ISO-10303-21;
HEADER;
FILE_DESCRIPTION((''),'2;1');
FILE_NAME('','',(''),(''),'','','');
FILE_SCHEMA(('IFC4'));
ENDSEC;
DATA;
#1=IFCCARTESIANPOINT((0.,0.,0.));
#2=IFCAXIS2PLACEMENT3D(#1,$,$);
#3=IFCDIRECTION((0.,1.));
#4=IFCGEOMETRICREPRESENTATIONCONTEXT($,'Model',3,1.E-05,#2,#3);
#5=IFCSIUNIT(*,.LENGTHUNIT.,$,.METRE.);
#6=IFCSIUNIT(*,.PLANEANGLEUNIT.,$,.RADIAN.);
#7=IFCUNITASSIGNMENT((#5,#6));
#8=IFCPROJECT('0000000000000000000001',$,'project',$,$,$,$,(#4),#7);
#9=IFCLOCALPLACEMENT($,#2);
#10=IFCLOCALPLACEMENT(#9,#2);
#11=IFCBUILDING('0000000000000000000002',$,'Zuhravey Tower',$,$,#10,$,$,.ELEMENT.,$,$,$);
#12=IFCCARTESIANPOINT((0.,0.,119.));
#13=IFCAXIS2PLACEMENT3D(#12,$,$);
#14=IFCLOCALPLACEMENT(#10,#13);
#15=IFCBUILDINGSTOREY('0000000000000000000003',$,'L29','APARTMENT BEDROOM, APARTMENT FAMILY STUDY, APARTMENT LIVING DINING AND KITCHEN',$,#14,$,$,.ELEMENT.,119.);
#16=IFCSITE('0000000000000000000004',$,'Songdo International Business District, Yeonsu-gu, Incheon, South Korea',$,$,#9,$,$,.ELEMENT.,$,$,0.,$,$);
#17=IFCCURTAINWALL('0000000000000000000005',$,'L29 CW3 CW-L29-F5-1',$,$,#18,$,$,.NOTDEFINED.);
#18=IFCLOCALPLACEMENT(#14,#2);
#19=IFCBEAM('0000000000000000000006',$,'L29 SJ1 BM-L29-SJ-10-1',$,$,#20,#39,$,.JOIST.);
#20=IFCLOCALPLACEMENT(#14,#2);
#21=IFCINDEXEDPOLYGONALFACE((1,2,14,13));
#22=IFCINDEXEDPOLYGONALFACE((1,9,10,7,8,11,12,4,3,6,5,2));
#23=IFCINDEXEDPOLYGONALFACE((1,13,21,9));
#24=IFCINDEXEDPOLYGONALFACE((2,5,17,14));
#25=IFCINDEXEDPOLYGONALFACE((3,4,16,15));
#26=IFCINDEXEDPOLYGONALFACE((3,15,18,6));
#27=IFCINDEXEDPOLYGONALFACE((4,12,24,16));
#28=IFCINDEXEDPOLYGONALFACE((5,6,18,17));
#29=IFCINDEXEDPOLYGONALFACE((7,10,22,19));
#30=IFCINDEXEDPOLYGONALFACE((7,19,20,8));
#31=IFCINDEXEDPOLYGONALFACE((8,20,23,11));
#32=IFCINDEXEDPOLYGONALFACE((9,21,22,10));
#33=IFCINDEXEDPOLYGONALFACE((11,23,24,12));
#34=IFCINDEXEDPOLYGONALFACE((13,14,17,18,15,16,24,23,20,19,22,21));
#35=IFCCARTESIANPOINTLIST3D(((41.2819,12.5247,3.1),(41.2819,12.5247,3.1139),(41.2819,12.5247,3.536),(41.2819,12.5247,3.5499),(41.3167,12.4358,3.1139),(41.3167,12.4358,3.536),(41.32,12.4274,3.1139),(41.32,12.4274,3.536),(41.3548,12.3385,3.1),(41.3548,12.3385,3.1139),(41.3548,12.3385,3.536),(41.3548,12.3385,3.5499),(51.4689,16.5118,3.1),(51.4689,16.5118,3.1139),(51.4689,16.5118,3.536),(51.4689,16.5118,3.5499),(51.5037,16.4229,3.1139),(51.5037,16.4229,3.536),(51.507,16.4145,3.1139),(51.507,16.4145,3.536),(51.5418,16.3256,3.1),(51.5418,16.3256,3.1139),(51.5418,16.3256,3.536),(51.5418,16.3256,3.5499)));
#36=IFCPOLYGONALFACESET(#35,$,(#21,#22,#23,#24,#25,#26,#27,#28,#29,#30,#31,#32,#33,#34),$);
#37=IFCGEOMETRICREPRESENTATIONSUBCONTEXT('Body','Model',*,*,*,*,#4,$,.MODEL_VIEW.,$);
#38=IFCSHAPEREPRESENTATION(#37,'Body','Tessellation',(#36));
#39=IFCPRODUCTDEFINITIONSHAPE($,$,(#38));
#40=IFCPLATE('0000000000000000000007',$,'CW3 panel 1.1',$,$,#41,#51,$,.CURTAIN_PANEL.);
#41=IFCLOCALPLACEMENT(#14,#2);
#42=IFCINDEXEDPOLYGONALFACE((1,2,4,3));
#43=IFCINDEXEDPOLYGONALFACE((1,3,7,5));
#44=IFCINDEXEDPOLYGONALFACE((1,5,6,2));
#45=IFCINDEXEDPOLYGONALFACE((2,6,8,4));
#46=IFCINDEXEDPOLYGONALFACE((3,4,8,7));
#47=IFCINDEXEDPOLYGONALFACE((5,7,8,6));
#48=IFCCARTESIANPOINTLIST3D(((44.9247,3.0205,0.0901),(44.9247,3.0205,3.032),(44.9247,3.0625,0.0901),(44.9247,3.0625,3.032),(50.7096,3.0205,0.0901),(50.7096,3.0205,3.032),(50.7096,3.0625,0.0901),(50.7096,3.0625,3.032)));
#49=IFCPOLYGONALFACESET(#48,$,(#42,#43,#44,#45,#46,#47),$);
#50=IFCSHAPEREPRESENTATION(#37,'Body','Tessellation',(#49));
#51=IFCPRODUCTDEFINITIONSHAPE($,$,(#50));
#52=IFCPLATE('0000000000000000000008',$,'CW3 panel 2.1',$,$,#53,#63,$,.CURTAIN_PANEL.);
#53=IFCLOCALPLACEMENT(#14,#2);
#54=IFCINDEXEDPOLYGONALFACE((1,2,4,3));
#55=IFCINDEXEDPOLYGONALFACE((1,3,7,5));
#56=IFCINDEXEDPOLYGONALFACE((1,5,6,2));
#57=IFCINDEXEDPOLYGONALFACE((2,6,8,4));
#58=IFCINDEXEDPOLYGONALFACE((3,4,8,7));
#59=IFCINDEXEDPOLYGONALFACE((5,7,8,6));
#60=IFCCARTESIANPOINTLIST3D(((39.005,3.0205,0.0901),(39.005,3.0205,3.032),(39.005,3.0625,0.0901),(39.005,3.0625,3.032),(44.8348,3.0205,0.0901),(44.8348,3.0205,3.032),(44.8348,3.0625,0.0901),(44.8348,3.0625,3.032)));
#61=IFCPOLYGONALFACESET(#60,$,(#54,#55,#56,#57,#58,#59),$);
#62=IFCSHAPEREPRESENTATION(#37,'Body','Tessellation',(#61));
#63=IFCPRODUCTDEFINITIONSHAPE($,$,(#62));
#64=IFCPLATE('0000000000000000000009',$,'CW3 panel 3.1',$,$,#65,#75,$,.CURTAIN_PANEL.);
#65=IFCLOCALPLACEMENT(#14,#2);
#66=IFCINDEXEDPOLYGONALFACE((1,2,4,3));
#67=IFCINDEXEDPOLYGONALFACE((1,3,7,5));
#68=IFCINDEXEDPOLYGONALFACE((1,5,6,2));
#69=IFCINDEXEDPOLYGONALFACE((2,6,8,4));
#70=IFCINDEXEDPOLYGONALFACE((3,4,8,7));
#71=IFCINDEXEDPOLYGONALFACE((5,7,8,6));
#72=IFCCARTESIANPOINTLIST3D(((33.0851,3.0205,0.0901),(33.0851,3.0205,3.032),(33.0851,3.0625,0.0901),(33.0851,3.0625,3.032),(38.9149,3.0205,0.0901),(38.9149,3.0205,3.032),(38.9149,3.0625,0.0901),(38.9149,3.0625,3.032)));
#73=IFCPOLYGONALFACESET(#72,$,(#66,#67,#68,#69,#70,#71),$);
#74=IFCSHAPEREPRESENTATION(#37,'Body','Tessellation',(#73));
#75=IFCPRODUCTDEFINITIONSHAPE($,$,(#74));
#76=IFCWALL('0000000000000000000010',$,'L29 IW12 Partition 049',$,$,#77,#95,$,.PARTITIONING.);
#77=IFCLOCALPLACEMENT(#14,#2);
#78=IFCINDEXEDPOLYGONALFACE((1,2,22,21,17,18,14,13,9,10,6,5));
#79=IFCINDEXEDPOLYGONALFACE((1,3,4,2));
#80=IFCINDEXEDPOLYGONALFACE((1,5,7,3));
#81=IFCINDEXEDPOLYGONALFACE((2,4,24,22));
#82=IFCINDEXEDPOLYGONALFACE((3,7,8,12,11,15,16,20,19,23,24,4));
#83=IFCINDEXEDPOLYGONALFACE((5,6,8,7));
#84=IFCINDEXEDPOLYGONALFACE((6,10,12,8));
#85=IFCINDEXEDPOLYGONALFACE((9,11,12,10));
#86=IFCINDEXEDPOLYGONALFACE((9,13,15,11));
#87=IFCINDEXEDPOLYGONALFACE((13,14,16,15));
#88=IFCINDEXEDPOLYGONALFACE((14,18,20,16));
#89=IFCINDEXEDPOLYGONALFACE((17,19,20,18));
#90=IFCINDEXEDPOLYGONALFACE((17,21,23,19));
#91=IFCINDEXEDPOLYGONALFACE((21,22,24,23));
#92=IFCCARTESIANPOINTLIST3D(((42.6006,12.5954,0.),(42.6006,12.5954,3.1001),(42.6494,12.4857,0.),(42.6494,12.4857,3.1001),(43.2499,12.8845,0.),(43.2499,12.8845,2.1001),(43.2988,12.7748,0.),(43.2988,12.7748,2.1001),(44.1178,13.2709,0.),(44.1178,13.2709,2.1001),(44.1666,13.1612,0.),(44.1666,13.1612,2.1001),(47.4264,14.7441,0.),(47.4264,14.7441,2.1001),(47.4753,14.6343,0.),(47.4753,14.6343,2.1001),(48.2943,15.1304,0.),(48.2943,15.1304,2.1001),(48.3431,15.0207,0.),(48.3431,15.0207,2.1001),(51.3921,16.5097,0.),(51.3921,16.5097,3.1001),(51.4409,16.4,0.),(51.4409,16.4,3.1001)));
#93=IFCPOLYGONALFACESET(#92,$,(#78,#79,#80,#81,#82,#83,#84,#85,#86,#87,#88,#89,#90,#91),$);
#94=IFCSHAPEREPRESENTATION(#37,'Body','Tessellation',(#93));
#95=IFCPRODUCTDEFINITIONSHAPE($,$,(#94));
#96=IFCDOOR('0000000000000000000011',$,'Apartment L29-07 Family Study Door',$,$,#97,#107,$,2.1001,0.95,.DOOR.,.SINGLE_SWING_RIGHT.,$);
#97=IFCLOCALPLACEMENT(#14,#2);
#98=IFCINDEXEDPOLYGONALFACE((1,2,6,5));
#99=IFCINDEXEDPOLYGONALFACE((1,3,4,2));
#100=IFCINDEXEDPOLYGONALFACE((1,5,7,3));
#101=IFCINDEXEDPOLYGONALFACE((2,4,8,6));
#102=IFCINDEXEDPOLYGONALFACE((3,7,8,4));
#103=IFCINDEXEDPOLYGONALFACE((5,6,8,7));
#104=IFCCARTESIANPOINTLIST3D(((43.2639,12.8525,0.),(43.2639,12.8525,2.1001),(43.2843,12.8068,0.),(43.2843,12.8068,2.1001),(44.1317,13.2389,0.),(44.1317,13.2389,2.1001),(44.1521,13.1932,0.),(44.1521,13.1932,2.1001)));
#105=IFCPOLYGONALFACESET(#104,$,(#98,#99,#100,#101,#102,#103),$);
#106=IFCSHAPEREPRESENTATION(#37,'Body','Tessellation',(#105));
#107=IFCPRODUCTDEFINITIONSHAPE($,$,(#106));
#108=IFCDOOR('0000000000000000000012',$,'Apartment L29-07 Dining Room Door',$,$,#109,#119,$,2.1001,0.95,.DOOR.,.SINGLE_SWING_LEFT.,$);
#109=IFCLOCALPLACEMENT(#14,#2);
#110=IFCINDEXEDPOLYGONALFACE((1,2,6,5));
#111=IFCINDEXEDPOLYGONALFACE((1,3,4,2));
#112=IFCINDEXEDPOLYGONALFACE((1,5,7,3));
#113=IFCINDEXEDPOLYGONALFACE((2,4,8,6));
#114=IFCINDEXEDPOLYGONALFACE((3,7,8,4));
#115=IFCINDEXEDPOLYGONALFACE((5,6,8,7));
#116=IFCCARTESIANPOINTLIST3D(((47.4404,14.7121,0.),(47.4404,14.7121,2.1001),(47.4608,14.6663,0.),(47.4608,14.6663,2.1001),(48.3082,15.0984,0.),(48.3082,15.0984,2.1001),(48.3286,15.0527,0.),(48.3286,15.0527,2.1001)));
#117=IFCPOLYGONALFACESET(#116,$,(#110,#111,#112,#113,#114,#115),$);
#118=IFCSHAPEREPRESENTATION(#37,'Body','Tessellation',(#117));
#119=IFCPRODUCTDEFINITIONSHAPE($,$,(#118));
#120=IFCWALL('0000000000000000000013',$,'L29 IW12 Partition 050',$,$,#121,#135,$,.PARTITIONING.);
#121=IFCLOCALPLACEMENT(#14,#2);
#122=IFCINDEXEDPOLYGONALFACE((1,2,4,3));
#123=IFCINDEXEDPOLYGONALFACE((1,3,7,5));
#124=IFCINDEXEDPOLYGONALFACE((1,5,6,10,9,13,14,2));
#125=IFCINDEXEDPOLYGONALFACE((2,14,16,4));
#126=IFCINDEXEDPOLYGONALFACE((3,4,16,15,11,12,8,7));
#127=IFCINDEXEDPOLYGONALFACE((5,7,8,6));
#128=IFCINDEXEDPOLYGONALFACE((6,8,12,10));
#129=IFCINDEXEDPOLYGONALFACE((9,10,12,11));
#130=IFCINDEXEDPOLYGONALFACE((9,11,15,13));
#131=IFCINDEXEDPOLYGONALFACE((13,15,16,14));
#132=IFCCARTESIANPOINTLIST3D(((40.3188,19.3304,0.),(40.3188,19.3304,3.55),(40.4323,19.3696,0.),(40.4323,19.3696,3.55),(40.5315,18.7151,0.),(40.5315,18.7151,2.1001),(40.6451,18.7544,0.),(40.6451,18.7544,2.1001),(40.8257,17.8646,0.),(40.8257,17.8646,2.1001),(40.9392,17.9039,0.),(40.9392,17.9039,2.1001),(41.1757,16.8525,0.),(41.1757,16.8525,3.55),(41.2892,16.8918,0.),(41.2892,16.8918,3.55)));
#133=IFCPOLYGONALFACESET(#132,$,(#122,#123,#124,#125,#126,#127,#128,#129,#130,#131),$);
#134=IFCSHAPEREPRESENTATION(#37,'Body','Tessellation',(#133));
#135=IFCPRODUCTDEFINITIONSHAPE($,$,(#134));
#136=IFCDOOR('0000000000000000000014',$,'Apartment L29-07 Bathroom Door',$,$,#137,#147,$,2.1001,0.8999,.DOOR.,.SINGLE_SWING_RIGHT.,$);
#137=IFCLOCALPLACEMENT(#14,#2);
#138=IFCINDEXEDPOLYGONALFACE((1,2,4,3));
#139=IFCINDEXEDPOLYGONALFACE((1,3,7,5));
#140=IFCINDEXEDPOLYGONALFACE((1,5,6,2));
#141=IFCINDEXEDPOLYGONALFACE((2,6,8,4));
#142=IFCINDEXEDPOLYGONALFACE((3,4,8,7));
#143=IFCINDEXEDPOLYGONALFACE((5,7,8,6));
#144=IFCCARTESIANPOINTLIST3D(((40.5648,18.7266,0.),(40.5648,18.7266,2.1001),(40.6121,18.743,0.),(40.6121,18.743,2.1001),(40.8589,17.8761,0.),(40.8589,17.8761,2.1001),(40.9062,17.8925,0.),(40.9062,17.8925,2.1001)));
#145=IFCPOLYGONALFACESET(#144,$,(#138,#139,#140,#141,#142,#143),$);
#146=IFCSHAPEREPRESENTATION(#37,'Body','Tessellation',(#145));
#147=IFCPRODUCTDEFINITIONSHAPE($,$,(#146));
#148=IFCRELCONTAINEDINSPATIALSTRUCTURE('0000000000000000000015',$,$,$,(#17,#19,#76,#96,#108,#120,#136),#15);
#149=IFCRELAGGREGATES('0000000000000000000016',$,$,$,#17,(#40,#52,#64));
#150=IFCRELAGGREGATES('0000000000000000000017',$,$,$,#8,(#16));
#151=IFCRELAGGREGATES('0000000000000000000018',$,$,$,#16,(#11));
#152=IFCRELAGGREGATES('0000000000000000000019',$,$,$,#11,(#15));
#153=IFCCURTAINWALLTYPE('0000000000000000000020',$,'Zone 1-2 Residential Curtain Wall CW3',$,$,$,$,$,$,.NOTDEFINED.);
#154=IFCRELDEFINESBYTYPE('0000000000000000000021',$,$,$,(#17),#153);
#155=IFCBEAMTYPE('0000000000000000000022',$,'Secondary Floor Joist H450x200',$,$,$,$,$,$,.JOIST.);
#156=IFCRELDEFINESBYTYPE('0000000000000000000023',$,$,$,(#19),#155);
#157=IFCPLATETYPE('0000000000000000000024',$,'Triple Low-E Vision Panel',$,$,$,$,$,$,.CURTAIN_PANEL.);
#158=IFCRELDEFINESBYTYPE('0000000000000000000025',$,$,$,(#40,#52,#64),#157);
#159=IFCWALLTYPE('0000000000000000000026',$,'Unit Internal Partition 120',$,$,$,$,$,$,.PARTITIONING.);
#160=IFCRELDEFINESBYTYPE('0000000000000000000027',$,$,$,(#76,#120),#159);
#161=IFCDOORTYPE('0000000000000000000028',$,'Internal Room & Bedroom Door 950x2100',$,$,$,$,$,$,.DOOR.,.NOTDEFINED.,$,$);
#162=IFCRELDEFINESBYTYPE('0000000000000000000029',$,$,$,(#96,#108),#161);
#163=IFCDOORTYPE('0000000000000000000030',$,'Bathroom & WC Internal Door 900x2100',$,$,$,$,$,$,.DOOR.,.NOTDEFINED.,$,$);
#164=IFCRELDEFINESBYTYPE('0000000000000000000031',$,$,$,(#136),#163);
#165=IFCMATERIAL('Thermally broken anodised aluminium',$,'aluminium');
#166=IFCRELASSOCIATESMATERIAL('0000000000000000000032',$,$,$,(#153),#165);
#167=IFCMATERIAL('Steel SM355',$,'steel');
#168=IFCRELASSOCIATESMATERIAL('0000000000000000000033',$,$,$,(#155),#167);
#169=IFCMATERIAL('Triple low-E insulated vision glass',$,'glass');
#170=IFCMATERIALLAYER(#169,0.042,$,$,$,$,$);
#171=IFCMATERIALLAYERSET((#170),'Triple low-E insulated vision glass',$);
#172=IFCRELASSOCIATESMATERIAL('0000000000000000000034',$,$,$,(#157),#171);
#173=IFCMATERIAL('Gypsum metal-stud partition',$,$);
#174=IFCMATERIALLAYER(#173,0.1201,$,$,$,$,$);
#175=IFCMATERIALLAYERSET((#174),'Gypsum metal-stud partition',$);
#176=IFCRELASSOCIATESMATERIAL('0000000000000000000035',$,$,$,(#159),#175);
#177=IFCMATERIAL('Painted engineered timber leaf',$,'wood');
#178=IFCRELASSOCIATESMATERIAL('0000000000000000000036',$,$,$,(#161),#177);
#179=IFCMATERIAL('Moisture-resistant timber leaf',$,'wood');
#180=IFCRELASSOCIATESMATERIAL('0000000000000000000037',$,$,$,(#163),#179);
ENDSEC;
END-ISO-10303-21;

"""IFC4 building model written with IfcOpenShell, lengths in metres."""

from ifc_helpers import new_model, si_unit, direction, frame, frame_2d, origin, origin_2d, place, context, subcontext, project, spatial, rectangle, i_section, extrude, material, layer, layer_set, material_profile, profile_set, type_object, element, fill, aggregate, save


model = new_model("IFC4")

# Units and contexts
model_context = context("Model", 3, precision=1e-05, world=origin(), true_north=direction((0.0, 1.0)))
body_context = subcontext(model_context, "Body", "Model", "MODEL_VIEW")
ifc_project = project(units=[si_unit("LENGTHUNIT", "METRE"), si_unit("PLANEANGLEUNIT", "RADIAN")], contexts=[model_context])

# Site, building, storey
site_placement = place(None, origin())
site = spatial("IfcSite", under=ifc_project, at=site_placement, Name="Songdo International Business District, Yeonsu-gu, Incheon, South Korea", CompositionType="ELEMENT", RefElevation=0.0)
building_placement = place(site_placement, origin())
building = spatial("IfcBuilding", under=site, at=building_placement, Name="Zuhravey Tower", CompositionType="ELEMENT")
storey_placement = place(building_placement, frame((0.0, 0.0, 119.0)))
storey = spatial("IfcBuildingStorey", under=building, at=storey_placement, Name="L29", Description="APARTMENT BEDROOM, APARTMENT FAMILY STUDY, APARTMENT LIVING DINING AND KITCHEN", CompositionType="ELEMENT", Elevation=119.0)

# Curtain wall
ifc_material_1 = material(Name="Thermally broken anodised aluminium", Category="aluminium")
curtain_wall_type = type_object("IfcCurtainWallType", Name="Zone 1-2 Residential Curtain Wall CW3", PredefinedType="NOTDEFINED", material=ifc_material_1)
curtain_wall_placement = place(storey_placement, origin())
curtain_wall = element("IfcCurtainWall", 1, at=curtain_wall_placement, inside=storey, type_object=curtain_wall_type, Name="L29 CW3 CW-L29-F5-1", PredefinedType="NOTDEFINED")

# Beam
ifc_material_2 = material(Name="Steel SM355", Category="steel")
ifc_material_profile_1 = material_profile(ifc_material_2, i_section(OverallWidth=0.2, OverallDepth=0.45, WebThickness=0.009, FlangeThickness=0.0139, at=origin_2d()), Name="H-450x200x9x14")
ifc_profile_set_1 = profile_set([ifc_material_profile_1], Name="Steel SM355")
beam_type_1 = type_object("IfcBeamType", Name="Secondary Floor Joist H450x200", PredefinedType="JOIST", material=ifc_profile_set_1)
beam_1_placement = place(storey_placement, frame((41.3184, 12.4316, 3.325), z_axis=(0.931217, 0.364466, 0.0), x_axis=(-0.364466, 0.931217, 0.0)))
element("IfcBeam", 2, at=beam_1_placement, inside=storey, type_object=beam_type_1, Name="L29 SJ1 BM-L29-SJ-10-1", PredefinedType="JOIST", context=body_context, shape_type="SweptSolid", body=[
    extrude(i_section(OverallWidth=0.2, OverallDepth=0.45, WebThickness=0.009, FlangeThickness=0.0139, at=origin_2d()), origin(), (0.0, 0.0, 1.0), 10.9395),
])

# Plates
ifc_material_3 = material(Name="Triple low-E insulated vision glass", Category="glass")
ifc_layer_1 = layer(ifc_material_3, 0.042)
ifc_layer_set_1 = layer_set([ifc_layer_1], Name="Triple low-E insulated vision glass")
plate_type = type_object("IfcPlateType", Name="Triple Low-E Vision Panel", PredefinedType="CURTAIN_PANEL", material=ifc_layer_set_1)
plate_1_placement = place(storey_placement, frame((47.8171, 3.0415, 0.0901), z_axis=(0.0, 0.0, 1.0), x_axis=(-1.0, 0.0, 0.0)))
plate_1 = element("IfcPlate", 3, at=plate_1_placement, type_object=plate_type, Name="CW3 panel 1.1", PredefinedType="CURTAIN_PANEL", context=body_context, shape_type="SweptSolid", body=[
    extrude(rectangle(XDim=5.7849, YDim=0.042, at=origin_2d()), origin(), (0.0, 0.0, 1.0), 2.9419),
])
plate_2_placement = place(storey_placement, frame((41.9199, 3.0415, 0.0901), z_axis=(0.0, 0.0, 1.0), x_axis=(-1.0, 0.0, 0.0)))
plate_2 = element("IfcPlate", 4, at=plate_2_placement, type_object=plate_type, Name="CW3 panel 2.1", PredefinedType="CURTAIN_PANEL", context=body_context, shape_type="SweptSolid", body=[
    extrude(rectangle(XDim=5.8298, YDim=0.042, at=origin_2d()), origin(), (0.0, 0.0, 1.0), 2.9419),
])
plate_3_placement = place(storey_placement, frame((36.0, 3.0415, 0.0901), z_axis=(0.0, 0.0, 1.0), x_axis=(-1.0, 0.0, 0.0)))
plate_3 = element("IfcPlate", 5, at=plate_3_placement, type_object=plate_type, Name="CW3 panel 3.1", PredefinedType="CURTAIN_PANEL", context=body_context, shape_type="SweptSolid", body=[
    extrude(rectangle(XDim=5.8298, YDim=0.042, at=origin_2d()), origin(), (0.0, 0.0, 1.0), 2.9419),
])
aggregate(curtain_wall, [plate_1, plate_2, plate_3])

# Wall, openings, doors
ifc_material_4 = material(Name="Gypsum metal-stud partition")
ifc_layer_2 = layer(ifc_material_4, 0.1201)
ifc_layer_set_2 = layer_set([ifc_layer_2], Name="Gypsum metal-stud partition")
wall_type = type_object("IfcWallType", Name="Unit Internal Partition 120", PredefinedType="PARTITIONING", material=ifc_layer_set_2)
wall_1_placement = place(storey_placement, frame((42.625, 12.5405, 0.0), z_axis=(0.0, 0.0, 1.0), x_axis=(0.913542, 0.406743, 0.0)))
wall_1 = element("IfcWall", 6, at=wall_1_placement, inside=storey, type_object=wall_type, Name="L29 IW12 Partition 049", PredefinedType="PARTITIONING", context=body_context, shape_type="SweptSolid", body=[
    extrude(rectangle(XDim=9.6235, YDim=0.1201, at=frame_2d((4.8118, 0.0))), origin(), (0.0, 0.0, 1.0), 3.1001),
])
opening_1_placement = place(wall_1_placement, frame((0.7107, 0.0, 0.0)))
opening_1 = element("IfcOpeningElement", 7, at=opening_1_placement, cuts=wall_1, PredefinedType="OPENING", context=body_context, shape_type="SweptSolid", body=[
    extrude(rectangle(XDim=0.95, YDim=2.1001, at=frame_2d((0.4751, 1.05))), frame((0.0, 0.072, 0.0), z_axis=(0.0, -1.0, 0.0), x_axis=(1.0, 0.0, 0.0)), (0.0, 0.0, 1.0), 0.144),
])
opening_2_placement = place(wall_1_placement, frame((5.2825, 0.0, 0.0)))
opening_2 = element("IfcOpeningElement", 8, at=opening_2_placement, cuts=wall_1, PredefinedType="OPENING", context=body_context, shape_type="SweptSolid", body=[
    extrude(rectangle(XDim=0.95, YDim=2.1001, at=frame_2d((0.4751, 1.05))), frame((0.0, 0.072, 0.0), z_axis=(0.0, -1.0, 0.0), x_axis=(1.0, 0.0, 0.0)), (0.0, 0.0, 1.0), 0.144),
])
ifc_material_5 = material(Name="Painted engineered timber leaf", Category="wood")
door_type_1 = type_object("IfcDoorType", Name="Internal Room & Bedroom Door 950x2100", OperationType="NOTDEFINED", PredefinedType="DOOR", material=ifc_material_5)
door_1_placement = place(opening_1_placement, frame((0.95, 0.0, 0.0), z_axis=(0.0, 0.0, 1.0), x_axis=(-1.0, 0.0, 0.0)))
door_1 = element("IfcDoor", 9, at=door_1_placement, inside=storey, type_object=door_type_1, Name="Apartment L29-07 Family Study Door", OperationType="SINGLE_SWING_RIGHT", OverallHeight=2.1001, OverallWidth=0.95, PredefinedType="DOOR", context=body_context, shape_type="SweptSolid", body=[
    extrude(rectangle(XDim=0.95, YDim=2.1001, at=frame_2d((0.4751, 1.05))), frame((0.0, 0.0249, 0.0), z_axis=(0.0, -1.0, 0.0), x_axis=(1.0, 0.0, 0.0)), (0.0, 0.0, 1.0), 0.05),
])
fill(opening_1, door_1)
door_2_placement = place(opening_2_placement, frame((0.95, 0.0, 0.0), z_axis=(0.0, 0.0, 1.0), x_axis=(-1.0, 0.0, 0.0)))
door_2 = element("IfcDoor", 10, at=door_2_placement, inside=storey, type_object=door_type_1, Name="Apartment L29-07 Dining Room Door", OperationType="SINGLE_SWING_LEFT", OverallHeight=2.1001, OverallWidth=0.95, PredefinedType="DOOR", context=body_context, shape_type="SweptSolid", body=[
    extrude(rectangle(XDim=0.95, YDim=2.1001, at=frame_2d((0.4751, 1.05))), frame((0.0, 0.0249, 0.0), z_axis=(0.0, -1.0, 0.0), x_axis=(1.0, 0.0, 0.0)), (0.0, 0.0, 1.0), 0.05),
])
fill(opening_2, door_2)

# Wall, opening, door
wall_2_placement = place(storey_placement, frame((40.3755, 19.3501, 0.0), z_axis=(0.0, 0.0, 1.0), x_axis=(0.326851, -0.945076, 0.0)))
wall_2 = element("IfcWall", 11, at=wall_2_placement, inside=storey, type_object=wall_type, Name="L29 IW12 Partition 050", PredefinedType="PARTITIONING", context=body_context, shape_type="SweptSolid", body=[
    extrude(rectangle(XDim=2.6218, YDim=0.1201, at=frame_2d((1.311, 0.0))), origin(), (0.0, 0.0, 1.0), 3.55),
])
opening_3_placement = place(wall_2_placement, frame((0.6511, 0.0, 0.0)))
opening_3 = element("IfcOpeningElement", 12, at=opening_3_placement, cuts=wall_2, PredefinedType="OPENING", context=body_context, shape_type="SweptSolid", body=[
    extrude(rectangle(XDim=0.8999, YDim=2.1001, at=frame_2d((0.45, 1.05))), frame((0.0, 0.072, 0.0), z_axis=(0.0, -1.0, 0.0), x_axis=(1.0, 0.0, 0.0)), (0.0, 0.0, 1.0), 0.144),
])
ifc_material_6 = material(Name="Moisture-resistant timber leaf", Category="wood")
door_type_2 = type_object("IfcDoorType", Name="Bathroom & WC Internal Door 900x2100", OperationType="NOTDEFINED", PredefinedType="DOOR", material=ifc_material_6)
door_3_placement = place(opening_3_placement, frame((0.8999, 0.0, 0.0), z_axis=(0.0, 0.0, 1.0), x_axis=(-1.0, 0.0, 0.0)))
door_3 = element("IfcDoor", 13, at=door_3_placement, inside=storey, type_object=door_type_2, Name="Apartment L29-07 Bathroom Door", OperationType="SINGLE_SWING_RIGHT", OverallHeight=2.1001, OverallWidth=0.8999, PredefinedType="DOOR", context=body_context, shape_type="SweptSolid", body=[
    extrude(rectangle(XDim=0.8999, YDim=2.1001, at=frame_2d((0.45, 1.05))), frame((0.0, 0.0249, 0.0), z_axis=(0.0, -1.0, 0.0), x_axis=(1.0, 0.0, 0.0)), (0.0, 0.0, 1.0), 0.05),
])
fill(opening_3, door_3)

save(model, "model.ifc")
